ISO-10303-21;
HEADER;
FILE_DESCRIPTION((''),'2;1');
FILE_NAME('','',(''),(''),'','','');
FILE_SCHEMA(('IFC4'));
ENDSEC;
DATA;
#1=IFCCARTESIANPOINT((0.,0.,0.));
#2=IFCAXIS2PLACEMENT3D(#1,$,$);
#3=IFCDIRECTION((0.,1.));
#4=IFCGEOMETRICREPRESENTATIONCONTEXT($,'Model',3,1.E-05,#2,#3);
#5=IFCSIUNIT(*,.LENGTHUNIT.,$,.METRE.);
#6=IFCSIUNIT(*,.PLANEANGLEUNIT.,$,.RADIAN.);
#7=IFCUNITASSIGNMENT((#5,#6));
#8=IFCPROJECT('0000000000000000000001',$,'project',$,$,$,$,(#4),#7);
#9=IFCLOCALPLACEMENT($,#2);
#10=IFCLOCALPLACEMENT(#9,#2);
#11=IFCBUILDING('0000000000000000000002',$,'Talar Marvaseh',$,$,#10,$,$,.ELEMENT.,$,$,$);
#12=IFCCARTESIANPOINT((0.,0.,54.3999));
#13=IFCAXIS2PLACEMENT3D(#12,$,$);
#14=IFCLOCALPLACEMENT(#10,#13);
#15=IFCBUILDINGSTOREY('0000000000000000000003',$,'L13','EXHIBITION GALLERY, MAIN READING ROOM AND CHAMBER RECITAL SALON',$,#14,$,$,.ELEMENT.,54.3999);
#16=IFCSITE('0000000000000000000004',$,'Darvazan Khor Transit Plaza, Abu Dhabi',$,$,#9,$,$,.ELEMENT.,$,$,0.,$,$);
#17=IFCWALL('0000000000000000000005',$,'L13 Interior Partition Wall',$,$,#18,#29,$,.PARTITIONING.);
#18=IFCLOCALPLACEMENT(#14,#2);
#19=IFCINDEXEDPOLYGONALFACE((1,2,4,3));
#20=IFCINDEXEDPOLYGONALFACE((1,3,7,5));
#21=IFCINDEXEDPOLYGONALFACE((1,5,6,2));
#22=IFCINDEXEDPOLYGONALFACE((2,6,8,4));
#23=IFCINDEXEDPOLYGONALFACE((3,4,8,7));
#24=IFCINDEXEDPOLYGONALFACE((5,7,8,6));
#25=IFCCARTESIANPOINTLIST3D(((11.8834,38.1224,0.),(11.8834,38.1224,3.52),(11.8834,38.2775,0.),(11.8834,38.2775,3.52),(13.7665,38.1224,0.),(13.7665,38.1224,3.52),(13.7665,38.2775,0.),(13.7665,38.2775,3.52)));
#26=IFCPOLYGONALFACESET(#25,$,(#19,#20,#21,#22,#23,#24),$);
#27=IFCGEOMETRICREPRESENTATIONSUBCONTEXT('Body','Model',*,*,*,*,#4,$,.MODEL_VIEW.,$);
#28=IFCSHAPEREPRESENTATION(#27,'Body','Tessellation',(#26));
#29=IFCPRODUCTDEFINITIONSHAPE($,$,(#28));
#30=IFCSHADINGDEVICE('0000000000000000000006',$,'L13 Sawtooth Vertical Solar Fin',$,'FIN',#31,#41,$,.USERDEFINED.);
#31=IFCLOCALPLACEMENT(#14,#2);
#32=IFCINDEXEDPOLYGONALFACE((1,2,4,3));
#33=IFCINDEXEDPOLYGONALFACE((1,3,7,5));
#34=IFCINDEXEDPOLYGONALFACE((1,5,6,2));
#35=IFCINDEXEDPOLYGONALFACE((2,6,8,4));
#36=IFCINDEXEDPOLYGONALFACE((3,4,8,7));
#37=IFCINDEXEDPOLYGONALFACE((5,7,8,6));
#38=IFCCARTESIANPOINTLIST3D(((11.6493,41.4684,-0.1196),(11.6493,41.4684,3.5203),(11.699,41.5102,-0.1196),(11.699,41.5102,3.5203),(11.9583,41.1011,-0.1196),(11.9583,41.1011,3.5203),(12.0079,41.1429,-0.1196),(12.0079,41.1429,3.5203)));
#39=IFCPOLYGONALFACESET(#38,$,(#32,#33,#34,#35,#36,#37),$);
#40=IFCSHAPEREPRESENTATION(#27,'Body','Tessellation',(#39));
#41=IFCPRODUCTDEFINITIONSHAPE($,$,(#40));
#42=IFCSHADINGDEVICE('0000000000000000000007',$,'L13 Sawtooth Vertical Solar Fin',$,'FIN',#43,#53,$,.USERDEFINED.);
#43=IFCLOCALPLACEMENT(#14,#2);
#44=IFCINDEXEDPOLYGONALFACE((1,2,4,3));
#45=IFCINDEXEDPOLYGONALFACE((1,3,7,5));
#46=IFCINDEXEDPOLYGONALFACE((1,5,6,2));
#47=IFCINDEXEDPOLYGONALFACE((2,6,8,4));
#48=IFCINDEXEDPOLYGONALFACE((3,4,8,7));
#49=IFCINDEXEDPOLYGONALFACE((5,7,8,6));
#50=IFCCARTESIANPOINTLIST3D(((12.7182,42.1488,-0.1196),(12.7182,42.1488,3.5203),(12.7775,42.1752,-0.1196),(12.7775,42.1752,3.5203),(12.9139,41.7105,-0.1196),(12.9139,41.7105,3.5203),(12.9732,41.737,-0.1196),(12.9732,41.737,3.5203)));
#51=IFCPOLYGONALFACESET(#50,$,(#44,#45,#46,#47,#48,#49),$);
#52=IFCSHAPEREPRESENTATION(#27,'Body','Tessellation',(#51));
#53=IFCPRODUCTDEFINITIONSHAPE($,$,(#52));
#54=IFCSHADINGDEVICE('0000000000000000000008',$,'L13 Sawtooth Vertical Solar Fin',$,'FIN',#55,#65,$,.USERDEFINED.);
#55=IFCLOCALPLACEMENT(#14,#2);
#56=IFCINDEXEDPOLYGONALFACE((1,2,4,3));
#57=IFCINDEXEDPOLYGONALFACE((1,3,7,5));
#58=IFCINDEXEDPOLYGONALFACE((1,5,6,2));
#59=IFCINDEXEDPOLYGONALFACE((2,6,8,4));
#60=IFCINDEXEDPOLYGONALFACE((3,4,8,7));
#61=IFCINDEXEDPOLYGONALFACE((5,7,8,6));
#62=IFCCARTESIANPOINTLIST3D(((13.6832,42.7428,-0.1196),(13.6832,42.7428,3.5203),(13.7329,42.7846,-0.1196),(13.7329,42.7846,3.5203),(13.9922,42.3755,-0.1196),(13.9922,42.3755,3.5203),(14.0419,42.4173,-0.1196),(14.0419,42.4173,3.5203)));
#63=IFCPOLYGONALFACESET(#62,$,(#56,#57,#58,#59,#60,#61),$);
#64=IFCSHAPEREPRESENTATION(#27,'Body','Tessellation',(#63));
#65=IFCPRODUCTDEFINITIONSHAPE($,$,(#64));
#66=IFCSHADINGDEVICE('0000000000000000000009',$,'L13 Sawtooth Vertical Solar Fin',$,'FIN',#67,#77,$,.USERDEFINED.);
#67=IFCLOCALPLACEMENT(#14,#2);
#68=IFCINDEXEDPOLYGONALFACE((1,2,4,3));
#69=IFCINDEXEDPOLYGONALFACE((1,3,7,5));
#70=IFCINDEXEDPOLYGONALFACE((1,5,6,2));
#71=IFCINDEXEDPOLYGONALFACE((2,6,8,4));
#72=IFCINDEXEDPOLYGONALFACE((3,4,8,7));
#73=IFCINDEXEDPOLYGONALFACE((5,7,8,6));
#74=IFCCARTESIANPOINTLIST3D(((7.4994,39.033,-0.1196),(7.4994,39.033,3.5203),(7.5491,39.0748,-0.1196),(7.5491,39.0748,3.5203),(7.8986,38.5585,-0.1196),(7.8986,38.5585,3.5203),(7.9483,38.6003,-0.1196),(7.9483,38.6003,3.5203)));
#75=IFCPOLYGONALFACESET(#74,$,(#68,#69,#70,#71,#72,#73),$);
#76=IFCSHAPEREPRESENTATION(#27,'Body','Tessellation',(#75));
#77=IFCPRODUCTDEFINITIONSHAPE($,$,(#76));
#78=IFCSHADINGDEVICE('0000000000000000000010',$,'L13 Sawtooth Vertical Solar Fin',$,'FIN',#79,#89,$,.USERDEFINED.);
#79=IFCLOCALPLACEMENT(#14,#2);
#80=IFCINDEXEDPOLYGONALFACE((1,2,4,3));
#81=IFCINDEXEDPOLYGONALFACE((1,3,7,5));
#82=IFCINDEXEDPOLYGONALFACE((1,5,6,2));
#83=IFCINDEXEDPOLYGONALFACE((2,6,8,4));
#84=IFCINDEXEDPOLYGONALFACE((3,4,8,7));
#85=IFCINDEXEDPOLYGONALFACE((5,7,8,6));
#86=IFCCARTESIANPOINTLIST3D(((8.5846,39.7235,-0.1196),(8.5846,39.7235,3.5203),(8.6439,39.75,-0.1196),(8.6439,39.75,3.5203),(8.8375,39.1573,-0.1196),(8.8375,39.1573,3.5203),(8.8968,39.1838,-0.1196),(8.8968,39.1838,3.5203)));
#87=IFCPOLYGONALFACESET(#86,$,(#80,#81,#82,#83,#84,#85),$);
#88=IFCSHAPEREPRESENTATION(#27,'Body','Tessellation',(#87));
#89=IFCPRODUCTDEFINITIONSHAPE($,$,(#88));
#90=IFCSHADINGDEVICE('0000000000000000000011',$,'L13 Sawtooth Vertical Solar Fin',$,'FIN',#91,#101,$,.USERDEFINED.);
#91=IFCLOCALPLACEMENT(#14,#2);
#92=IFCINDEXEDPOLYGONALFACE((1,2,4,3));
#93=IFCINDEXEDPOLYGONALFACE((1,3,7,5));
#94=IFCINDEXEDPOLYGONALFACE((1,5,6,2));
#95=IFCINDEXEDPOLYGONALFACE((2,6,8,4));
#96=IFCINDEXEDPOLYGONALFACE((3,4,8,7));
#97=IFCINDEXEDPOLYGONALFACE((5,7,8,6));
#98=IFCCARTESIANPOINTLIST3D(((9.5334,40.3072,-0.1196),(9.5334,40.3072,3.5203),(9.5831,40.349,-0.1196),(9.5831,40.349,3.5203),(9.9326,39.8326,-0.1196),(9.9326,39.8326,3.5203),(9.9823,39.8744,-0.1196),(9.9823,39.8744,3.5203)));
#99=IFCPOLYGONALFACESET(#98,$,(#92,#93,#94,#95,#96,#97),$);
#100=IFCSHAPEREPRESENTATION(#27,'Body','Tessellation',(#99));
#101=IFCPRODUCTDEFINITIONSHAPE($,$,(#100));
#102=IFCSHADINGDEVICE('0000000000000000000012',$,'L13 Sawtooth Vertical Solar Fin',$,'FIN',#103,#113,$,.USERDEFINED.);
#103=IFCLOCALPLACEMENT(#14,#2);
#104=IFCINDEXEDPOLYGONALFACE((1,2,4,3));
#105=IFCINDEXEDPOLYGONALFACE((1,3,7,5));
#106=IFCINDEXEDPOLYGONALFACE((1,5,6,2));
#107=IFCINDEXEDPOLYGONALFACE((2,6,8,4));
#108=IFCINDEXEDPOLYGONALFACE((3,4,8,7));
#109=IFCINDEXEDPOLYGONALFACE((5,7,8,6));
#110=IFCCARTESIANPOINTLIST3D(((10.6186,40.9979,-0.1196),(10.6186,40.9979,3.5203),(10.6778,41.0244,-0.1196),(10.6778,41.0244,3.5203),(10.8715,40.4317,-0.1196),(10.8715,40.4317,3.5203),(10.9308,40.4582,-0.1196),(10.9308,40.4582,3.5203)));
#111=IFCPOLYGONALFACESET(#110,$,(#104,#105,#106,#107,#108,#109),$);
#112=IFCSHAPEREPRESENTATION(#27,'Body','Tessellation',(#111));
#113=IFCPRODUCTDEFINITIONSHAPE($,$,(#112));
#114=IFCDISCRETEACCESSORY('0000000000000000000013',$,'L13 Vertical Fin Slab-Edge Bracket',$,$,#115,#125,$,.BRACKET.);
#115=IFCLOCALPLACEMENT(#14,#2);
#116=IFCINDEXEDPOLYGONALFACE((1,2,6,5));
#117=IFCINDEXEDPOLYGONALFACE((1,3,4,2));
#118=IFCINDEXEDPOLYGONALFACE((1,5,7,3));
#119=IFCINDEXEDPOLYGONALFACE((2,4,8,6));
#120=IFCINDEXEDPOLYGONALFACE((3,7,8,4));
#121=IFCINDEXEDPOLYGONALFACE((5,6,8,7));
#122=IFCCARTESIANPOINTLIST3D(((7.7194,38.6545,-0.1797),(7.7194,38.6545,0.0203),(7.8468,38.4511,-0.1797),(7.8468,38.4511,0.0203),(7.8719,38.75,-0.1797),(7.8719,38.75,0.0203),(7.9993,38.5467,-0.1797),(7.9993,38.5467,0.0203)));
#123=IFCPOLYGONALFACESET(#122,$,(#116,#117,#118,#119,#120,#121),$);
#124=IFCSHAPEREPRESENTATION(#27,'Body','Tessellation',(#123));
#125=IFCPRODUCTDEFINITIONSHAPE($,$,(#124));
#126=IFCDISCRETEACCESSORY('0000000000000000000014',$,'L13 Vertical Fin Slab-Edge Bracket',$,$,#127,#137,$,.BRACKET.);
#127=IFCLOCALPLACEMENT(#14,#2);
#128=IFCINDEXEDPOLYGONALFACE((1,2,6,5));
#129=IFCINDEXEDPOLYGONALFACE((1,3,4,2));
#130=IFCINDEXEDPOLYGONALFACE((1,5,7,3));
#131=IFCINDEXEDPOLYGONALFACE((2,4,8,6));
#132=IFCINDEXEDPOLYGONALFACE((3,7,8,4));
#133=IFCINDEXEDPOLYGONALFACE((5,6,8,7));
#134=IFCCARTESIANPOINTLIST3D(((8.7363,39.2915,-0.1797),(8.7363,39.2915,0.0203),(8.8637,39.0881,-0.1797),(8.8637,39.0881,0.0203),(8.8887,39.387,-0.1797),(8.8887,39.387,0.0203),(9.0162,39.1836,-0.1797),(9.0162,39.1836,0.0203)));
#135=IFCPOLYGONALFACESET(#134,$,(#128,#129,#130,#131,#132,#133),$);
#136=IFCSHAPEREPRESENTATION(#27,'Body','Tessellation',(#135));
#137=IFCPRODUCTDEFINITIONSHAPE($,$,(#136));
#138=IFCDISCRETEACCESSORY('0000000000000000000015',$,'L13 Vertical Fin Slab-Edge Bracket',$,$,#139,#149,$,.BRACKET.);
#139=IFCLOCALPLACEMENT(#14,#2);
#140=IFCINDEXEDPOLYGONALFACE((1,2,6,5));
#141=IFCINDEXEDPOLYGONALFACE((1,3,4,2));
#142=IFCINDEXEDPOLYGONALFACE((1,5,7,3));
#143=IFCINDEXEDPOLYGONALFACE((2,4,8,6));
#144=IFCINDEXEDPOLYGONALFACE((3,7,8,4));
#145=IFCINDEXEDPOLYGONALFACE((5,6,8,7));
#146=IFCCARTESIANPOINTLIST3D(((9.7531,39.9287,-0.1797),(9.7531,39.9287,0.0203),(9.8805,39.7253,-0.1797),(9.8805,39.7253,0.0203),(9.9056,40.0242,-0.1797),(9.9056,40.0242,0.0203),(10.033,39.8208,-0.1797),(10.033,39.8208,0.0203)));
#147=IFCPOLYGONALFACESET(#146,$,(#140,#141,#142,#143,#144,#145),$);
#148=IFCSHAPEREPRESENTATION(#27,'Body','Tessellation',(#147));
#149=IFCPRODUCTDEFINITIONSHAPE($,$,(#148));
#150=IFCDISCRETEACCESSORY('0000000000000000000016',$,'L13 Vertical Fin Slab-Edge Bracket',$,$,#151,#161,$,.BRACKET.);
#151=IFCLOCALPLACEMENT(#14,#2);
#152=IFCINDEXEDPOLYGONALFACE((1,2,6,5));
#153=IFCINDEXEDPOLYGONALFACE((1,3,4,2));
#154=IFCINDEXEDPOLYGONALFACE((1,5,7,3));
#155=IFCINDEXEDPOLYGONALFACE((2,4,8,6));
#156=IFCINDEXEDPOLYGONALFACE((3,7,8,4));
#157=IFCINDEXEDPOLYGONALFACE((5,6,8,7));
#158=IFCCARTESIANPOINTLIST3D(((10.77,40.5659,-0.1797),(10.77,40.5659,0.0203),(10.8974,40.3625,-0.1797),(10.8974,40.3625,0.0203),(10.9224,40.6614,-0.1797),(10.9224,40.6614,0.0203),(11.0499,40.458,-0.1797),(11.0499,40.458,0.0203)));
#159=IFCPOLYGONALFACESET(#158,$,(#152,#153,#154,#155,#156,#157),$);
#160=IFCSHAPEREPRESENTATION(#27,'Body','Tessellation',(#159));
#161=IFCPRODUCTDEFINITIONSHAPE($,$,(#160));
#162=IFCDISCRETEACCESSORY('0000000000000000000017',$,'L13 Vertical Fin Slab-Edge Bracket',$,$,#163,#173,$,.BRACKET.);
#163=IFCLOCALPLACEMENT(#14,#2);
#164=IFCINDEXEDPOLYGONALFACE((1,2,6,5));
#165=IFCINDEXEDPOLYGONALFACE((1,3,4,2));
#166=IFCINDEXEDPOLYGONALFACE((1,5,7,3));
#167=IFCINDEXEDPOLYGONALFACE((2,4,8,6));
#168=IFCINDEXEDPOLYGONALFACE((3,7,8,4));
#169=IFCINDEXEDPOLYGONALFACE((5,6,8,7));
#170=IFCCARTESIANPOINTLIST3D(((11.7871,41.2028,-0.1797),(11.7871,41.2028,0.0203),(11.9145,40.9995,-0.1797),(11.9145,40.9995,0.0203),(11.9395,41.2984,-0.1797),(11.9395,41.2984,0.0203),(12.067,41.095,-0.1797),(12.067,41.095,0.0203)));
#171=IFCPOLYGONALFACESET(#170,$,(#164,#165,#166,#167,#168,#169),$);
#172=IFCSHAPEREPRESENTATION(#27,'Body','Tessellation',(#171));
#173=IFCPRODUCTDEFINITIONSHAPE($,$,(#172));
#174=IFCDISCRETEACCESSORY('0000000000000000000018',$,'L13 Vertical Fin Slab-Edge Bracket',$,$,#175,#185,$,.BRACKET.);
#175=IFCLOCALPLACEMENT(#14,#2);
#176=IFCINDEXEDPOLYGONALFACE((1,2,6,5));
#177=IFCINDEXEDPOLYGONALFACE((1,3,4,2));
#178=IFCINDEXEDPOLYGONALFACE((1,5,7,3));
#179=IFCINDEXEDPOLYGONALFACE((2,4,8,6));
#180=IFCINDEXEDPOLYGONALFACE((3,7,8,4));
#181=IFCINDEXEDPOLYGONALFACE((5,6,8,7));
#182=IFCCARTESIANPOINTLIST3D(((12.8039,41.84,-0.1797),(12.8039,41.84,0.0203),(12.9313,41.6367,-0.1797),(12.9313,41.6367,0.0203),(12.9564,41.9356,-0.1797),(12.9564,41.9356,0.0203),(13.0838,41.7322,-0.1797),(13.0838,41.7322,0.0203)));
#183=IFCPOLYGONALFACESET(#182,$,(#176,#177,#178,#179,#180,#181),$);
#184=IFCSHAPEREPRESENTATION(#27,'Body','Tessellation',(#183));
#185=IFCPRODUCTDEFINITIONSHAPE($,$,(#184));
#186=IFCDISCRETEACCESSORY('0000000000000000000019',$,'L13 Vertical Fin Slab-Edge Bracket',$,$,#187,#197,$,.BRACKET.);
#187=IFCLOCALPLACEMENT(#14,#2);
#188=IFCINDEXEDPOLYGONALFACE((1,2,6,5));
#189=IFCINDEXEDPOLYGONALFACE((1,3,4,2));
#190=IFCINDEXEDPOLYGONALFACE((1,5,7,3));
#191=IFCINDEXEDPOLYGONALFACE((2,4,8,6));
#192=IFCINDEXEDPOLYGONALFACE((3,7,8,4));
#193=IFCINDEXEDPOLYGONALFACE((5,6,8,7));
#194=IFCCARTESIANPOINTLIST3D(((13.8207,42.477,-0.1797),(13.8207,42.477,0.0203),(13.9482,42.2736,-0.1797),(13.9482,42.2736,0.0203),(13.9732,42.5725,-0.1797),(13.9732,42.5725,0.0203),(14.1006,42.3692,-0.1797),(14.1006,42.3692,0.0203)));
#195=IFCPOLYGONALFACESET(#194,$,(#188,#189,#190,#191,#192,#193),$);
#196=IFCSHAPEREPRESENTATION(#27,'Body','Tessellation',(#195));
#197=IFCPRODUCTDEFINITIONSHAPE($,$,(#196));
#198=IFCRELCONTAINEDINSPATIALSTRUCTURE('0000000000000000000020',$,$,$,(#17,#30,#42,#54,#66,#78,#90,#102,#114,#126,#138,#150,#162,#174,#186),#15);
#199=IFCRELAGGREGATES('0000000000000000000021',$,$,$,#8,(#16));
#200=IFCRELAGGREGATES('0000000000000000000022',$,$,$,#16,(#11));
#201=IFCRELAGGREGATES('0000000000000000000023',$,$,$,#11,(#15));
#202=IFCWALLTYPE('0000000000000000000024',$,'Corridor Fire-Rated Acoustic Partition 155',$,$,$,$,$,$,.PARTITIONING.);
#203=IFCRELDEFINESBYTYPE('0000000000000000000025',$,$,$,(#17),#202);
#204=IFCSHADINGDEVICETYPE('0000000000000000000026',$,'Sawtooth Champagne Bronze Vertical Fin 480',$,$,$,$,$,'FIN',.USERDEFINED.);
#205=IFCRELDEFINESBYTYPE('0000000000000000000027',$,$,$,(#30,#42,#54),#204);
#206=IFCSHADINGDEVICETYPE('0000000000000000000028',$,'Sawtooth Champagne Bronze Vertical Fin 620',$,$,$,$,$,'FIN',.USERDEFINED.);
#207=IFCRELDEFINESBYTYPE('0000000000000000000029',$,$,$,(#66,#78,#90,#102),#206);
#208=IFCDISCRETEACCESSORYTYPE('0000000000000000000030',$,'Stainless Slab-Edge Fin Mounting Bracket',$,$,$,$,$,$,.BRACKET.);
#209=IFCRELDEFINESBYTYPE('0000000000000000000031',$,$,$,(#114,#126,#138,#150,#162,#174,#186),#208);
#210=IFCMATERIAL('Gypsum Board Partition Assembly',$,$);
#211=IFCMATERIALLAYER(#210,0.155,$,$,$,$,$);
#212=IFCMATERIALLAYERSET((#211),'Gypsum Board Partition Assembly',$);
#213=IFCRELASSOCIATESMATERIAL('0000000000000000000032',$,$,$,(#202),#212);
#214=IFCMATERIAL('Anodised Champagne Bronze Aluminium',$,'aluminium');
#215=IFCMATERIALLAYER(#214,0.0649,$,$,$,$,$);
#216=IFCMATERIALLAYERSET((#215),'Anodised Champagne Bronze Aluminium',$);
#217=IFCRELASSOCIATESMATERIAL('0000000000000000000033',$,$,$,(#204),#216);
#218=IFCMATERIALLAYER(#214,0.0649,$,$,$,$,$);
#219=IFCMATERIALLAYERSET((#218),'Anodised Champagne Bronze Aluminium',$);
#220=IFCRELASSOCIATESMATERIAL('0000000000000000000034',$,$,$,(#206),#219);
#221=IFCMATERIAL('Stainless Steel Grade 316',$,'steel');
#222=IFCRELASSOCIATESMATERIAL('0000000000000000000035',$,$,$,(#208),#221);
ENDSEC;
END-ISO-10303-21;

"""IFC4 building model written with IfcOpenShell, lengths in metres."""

from ifc_helpers import new_model, si_unit, direction, frame, frame_2d, origin, origin_2d, place, context, subcontext, project, spatial, rectangle, extrude, source, transform, mapped, material, layer, layer_set, type_object, type_shapes, element, save


model = new_model("IFC4")

# Units and contexts
model_context = context("Model", 3, precision=1e-05, world=origin(), true_north=direction((0.0, 1.0)))
body_context = subcontext(model_context, "Body", "Model", "MODEL_VIEW")
ifc_project = project(units=[si_unit("LENGTHUNIT", "METRE"), si_unit("PLANEANGLEUNIT", "RADIAN")], contexts=[model_context])

# Site, building, storey
site_placement = place(None, origin())
site = spatial("IfcSite", under=ifc_project, at=site_placement, Name="Darvazan Khor Transit Plaza, Abu Dhabi", CompositionType="ELEMENT", RefElevation=0.0)
building_placement = place(site_placement, origin())
building = spatial("IfcBuilding", under=site, at=building_placement, Name="Talar Marvaseh", CompositionType="ELEMENT")
storey_placement = place(building_placement, frame((0.0, 0.0, 54.3999)))
storey = spatial("IfcBuildingStorey", under=building, at=storey_placement, Name="L13", Description="EXHIBITION GALLERY, MAIN READING ROOM AND CHAMBER RECITAL SALON", CompositionType="ELEMENT", Elevation=54.3999)

# Shared definitions
ifc_material_1 = material(Name="Gypsum Board Partition Assembly")
ifc_layer_1 = layer(ifc_material_1, 0.155)
ifc_layer_set_1 = layer_set([ifc_layer_1], Name="Gypsum Board Partition Assembly")
wall_type = type_object("IfcWallType", Name="Corridor Fire-Rated Acoustic Partition 155", PredefinedType="PARTITIONING", material=ifc_layer_set_1)

# Wall
wall_1_placement = place(storey_placement, frame((11.8835, 38.2, 0.0), z_axis=(0.0, 0.0, 1.0), x_axis=(1.0, 0.0, 0.0)))
element("IfcWall", 1, at=wall_1_placement, inside=storey, type_object=wall_type, Name="L13 Interior Partition Wall", PredefinedType="PARTITIONING", context=body_context, shape_type="SweptSolid", body=[
    extrude(rectangle(XDim=1.8831, YDim=0.155, at=frame_2d((0.9414, 0.0))), origin(), (0.0, 0.0, 1.0), 3.52),
])

# Shading devices
ifc_material_2 = material(Name="Anodised Champagne Bronze Aluminium", Category="aluminium")
ifc_layer_2 = layer(ifc_material_2, 0.0649)
ifc_layer_set_2 = layer_set([ifc_layer_2], Name="Anodised Champagne Bronze Aluminium")
shading_device_type_1 = type_object("IfcShadingDeviceType", Name="Sawtooth Champagne Bronze Vertical Fin 480", ElementType="FIN", PredefinedType="USERDEFINED", material=ifc_layer_set_2)
shared_shape_1 = source(origin(), body_context, "Body", "SweptSolid", [
    extrude(rectangle(XDim=0.48, YDim=0.0649, at=origin_2d()), origin(), (0.0, 0.0, 1.0), 3.6399),
])
type_shapes(shading_device_type_1, [shared_shape_1])
for number, where, z_axis, x_axis, name in (
    (2, (11.8286, 41.3057, -0.1196), (0.0, 0.0, 1.0), (-0.643723, 0.765259, 0.0), "L13 Sawtooth Vertical Solar Fin"),
    (3, (12.8457, 41.9429, -0.1196), (0.0, 0.0, 1.0), (-0.407852, 0.913048, 0.0), "L13 Sawtooth Vertical Solar Fin"),
    (4, (13.8625, 42.5801, -0.1196), (0.0, 0.0, 1.0), (-0.643723, 0.765259, 0.0), "L13 Sawtooth Vertical Solar Fin"),
):
    element("IfcShadingDevice", number, at=place(storey_placement, frame(where, z_axis=z_axis, x_axis=x_axis)), inside=storey, type_object=shading_device_type_1, Name=name, ObjectType="FIN", PredefinedType="USERDEFINED", context=body_context, shape_type="MappedRepresentation", body=[
        mapped(shared_shape_1, transform((0.0, 0.0, 0.0), x_axis=(1.0, 0.0, 0.0), y_axis=(0.0, 1.0, 0.0), z_axis=(0.0, 0.0, 1.0), scale=1.0)),
    ])
ifc_layer_3 = layer(ifc_material_2, 0.0649)
ifc_layer_set_3 = layer_set([ifc_layer_3], Name="Anodised Champagne Bronze Aluminium")
shading_device_type_2 = type_object("IfcShadingDeviceType", Name="Sawtooth Champagne Bronze Vertical Fin 620", ElementType="FIN", PredefinedType="USERDEFINED", material=ifc_layer_set_3)
shared_shape_2 = source(origin(), body_context, "Body", "SweptSolid", [
    extrude(rectangle(XDim=0.6201, YDim=0.0649, at=origin_2d()), origin(), (0.0, 0.0, 1.0), 3.6399),
])
type_shapes(shading_device_type_2, [shared_shape_2])
for number, where, z_axis, x_axis, name in (
    (5, (7.7239, 38.8167, -0.1196), (0.0, 0.0, 1.0), (-0.643723, 0.765259, 0.0), "L13 Sawtooth Vertical Solar Fin"),
    (6, (8.7407, 39.4536, -0.1196), (0.0, 0.0, 1.0), (-0.407852, 0.913048, 0.0), "L13 Sawtooth Vertical Solar Fin"),
    (7, (9.7578, 40.0908, -0.1196), (0.0, 0.0, 1.0), (-0.643723, 0.765259, 0.0), "L13 Sawtooth Vertical Solar Fin"),
    (8, (10.7747, 40.728, -0.1196), (0.0, 0.0, 1.0), (-0.407852, 0.913048, 0.0), "L13 Sawtooth Vertical Solar Fin"),
):
    element("IfcShadingDevice", number, at=place(storey_placement, frame(where, z_axis=z_axis, x_axis=x_axis)), inside=storey, type_object=shading_device_type_2, Name=name, ObjectType="FIN", PredefinedType="USERDEFINED", context=body_context, shape_type="MappedRepresentation", body=[
        mapped(shared_shape_2, transform((0.0, 0.0, 0.0), x_axis=(1.0, 0.0, 0.0), y_axis=(0.0, 1.0, 0.0), z_axis=(0.0, 0.0, 1.0), scale=1.0)),
    ])

# Discrete accessories
ifc_material_3 = material(Name="Stainless Steel Grade 316", Category="steel")
discrete_accessory_type = type_object("IfcDiscreteAccessoryType", Name="Stainless Slab-Edge Fin Mounting Bracket", PredefinedType="BRACKET", material=ifc_material_3)
shared_shape_3 = source(origin(), body_context, "Body", "SweptSolid", [
    extrude(rectangle(XDim=0.24, YDim=0.1799, at=origin_2d()), origin(), (0.0, 0.0, 1.0), 0.2),
])
type_shapes(discrete_accessory_type, [shared_shape_3])
for number, where, z_axis, x_axis, name in (
    (9, (7.8594, 38.6006, -0.1797), (0.0, 0.0, 1.0), (-0.530955, 0.8474, 0.0), "L13 Vertical Fin Slab-Edge Bracket"),
    (10, (8.8762, 39.2375, -0.1797), (0.0, 0.0, 1.0), (-0.530955, 0.8474, 0.0), "L13 Vertical Fin Slab-Edge Bracket"),
    (11, (9.8931, 39.8748, -0.1797), (0.0, 0.0, 1.0), (-0.530955, 0.8474, 0.0), "L13 Vertical Fin Slab-Edge Bracket"),
    (12, (10.9099, 40.512, -0.1797), (0.0, 0.0, 1.0), (-0.530955, 0.8474, 0.0), "L13 Vertical Fin Slab-Edge Bracket"),
    (13, (11.927, 41.1489, -0.1797), (0.0, 0.0, 1.0), (-0.530955, 0.8474, 0.0), "L13 Vertical Fin Slab-Edge Bracket"),
    (14, (12.9438, 41.7861, -0.1797), (0.0, 0.0, 1.0), (-0.530955, 0.8474, 0.0), "L13 Vertical Fin Slab-Edge Bracket"),
    (15, (13.9607, 42.4231, -0.1797), (0.0, 0.0, 1.0), (-0.530955, 0.8474, 0.0), "L13 Vertical Fin Slab-Edge Bracket"),
):
    element("IfcDiscreteAccessory", number, at=place(storey_placement, frame(where, z_axis=z_axis, x_axis=x_axis)), inside=storey, type_object=discrete_accessory_type, Name=name, PredefinedType="BRACKET", context=body_context, shape_type="MappedRepresentation", body=[
        mapped(shared_shape_3, transform((0.0, 0.0, 0.0), x_axis=(1.0, 0.0, 0.0), y_axis=(0.0, 1.0, 0.0), z_axis=(0.0, 0.0, 1.0), scale=1.0)),
    ])

save(model, "model.ifc")
